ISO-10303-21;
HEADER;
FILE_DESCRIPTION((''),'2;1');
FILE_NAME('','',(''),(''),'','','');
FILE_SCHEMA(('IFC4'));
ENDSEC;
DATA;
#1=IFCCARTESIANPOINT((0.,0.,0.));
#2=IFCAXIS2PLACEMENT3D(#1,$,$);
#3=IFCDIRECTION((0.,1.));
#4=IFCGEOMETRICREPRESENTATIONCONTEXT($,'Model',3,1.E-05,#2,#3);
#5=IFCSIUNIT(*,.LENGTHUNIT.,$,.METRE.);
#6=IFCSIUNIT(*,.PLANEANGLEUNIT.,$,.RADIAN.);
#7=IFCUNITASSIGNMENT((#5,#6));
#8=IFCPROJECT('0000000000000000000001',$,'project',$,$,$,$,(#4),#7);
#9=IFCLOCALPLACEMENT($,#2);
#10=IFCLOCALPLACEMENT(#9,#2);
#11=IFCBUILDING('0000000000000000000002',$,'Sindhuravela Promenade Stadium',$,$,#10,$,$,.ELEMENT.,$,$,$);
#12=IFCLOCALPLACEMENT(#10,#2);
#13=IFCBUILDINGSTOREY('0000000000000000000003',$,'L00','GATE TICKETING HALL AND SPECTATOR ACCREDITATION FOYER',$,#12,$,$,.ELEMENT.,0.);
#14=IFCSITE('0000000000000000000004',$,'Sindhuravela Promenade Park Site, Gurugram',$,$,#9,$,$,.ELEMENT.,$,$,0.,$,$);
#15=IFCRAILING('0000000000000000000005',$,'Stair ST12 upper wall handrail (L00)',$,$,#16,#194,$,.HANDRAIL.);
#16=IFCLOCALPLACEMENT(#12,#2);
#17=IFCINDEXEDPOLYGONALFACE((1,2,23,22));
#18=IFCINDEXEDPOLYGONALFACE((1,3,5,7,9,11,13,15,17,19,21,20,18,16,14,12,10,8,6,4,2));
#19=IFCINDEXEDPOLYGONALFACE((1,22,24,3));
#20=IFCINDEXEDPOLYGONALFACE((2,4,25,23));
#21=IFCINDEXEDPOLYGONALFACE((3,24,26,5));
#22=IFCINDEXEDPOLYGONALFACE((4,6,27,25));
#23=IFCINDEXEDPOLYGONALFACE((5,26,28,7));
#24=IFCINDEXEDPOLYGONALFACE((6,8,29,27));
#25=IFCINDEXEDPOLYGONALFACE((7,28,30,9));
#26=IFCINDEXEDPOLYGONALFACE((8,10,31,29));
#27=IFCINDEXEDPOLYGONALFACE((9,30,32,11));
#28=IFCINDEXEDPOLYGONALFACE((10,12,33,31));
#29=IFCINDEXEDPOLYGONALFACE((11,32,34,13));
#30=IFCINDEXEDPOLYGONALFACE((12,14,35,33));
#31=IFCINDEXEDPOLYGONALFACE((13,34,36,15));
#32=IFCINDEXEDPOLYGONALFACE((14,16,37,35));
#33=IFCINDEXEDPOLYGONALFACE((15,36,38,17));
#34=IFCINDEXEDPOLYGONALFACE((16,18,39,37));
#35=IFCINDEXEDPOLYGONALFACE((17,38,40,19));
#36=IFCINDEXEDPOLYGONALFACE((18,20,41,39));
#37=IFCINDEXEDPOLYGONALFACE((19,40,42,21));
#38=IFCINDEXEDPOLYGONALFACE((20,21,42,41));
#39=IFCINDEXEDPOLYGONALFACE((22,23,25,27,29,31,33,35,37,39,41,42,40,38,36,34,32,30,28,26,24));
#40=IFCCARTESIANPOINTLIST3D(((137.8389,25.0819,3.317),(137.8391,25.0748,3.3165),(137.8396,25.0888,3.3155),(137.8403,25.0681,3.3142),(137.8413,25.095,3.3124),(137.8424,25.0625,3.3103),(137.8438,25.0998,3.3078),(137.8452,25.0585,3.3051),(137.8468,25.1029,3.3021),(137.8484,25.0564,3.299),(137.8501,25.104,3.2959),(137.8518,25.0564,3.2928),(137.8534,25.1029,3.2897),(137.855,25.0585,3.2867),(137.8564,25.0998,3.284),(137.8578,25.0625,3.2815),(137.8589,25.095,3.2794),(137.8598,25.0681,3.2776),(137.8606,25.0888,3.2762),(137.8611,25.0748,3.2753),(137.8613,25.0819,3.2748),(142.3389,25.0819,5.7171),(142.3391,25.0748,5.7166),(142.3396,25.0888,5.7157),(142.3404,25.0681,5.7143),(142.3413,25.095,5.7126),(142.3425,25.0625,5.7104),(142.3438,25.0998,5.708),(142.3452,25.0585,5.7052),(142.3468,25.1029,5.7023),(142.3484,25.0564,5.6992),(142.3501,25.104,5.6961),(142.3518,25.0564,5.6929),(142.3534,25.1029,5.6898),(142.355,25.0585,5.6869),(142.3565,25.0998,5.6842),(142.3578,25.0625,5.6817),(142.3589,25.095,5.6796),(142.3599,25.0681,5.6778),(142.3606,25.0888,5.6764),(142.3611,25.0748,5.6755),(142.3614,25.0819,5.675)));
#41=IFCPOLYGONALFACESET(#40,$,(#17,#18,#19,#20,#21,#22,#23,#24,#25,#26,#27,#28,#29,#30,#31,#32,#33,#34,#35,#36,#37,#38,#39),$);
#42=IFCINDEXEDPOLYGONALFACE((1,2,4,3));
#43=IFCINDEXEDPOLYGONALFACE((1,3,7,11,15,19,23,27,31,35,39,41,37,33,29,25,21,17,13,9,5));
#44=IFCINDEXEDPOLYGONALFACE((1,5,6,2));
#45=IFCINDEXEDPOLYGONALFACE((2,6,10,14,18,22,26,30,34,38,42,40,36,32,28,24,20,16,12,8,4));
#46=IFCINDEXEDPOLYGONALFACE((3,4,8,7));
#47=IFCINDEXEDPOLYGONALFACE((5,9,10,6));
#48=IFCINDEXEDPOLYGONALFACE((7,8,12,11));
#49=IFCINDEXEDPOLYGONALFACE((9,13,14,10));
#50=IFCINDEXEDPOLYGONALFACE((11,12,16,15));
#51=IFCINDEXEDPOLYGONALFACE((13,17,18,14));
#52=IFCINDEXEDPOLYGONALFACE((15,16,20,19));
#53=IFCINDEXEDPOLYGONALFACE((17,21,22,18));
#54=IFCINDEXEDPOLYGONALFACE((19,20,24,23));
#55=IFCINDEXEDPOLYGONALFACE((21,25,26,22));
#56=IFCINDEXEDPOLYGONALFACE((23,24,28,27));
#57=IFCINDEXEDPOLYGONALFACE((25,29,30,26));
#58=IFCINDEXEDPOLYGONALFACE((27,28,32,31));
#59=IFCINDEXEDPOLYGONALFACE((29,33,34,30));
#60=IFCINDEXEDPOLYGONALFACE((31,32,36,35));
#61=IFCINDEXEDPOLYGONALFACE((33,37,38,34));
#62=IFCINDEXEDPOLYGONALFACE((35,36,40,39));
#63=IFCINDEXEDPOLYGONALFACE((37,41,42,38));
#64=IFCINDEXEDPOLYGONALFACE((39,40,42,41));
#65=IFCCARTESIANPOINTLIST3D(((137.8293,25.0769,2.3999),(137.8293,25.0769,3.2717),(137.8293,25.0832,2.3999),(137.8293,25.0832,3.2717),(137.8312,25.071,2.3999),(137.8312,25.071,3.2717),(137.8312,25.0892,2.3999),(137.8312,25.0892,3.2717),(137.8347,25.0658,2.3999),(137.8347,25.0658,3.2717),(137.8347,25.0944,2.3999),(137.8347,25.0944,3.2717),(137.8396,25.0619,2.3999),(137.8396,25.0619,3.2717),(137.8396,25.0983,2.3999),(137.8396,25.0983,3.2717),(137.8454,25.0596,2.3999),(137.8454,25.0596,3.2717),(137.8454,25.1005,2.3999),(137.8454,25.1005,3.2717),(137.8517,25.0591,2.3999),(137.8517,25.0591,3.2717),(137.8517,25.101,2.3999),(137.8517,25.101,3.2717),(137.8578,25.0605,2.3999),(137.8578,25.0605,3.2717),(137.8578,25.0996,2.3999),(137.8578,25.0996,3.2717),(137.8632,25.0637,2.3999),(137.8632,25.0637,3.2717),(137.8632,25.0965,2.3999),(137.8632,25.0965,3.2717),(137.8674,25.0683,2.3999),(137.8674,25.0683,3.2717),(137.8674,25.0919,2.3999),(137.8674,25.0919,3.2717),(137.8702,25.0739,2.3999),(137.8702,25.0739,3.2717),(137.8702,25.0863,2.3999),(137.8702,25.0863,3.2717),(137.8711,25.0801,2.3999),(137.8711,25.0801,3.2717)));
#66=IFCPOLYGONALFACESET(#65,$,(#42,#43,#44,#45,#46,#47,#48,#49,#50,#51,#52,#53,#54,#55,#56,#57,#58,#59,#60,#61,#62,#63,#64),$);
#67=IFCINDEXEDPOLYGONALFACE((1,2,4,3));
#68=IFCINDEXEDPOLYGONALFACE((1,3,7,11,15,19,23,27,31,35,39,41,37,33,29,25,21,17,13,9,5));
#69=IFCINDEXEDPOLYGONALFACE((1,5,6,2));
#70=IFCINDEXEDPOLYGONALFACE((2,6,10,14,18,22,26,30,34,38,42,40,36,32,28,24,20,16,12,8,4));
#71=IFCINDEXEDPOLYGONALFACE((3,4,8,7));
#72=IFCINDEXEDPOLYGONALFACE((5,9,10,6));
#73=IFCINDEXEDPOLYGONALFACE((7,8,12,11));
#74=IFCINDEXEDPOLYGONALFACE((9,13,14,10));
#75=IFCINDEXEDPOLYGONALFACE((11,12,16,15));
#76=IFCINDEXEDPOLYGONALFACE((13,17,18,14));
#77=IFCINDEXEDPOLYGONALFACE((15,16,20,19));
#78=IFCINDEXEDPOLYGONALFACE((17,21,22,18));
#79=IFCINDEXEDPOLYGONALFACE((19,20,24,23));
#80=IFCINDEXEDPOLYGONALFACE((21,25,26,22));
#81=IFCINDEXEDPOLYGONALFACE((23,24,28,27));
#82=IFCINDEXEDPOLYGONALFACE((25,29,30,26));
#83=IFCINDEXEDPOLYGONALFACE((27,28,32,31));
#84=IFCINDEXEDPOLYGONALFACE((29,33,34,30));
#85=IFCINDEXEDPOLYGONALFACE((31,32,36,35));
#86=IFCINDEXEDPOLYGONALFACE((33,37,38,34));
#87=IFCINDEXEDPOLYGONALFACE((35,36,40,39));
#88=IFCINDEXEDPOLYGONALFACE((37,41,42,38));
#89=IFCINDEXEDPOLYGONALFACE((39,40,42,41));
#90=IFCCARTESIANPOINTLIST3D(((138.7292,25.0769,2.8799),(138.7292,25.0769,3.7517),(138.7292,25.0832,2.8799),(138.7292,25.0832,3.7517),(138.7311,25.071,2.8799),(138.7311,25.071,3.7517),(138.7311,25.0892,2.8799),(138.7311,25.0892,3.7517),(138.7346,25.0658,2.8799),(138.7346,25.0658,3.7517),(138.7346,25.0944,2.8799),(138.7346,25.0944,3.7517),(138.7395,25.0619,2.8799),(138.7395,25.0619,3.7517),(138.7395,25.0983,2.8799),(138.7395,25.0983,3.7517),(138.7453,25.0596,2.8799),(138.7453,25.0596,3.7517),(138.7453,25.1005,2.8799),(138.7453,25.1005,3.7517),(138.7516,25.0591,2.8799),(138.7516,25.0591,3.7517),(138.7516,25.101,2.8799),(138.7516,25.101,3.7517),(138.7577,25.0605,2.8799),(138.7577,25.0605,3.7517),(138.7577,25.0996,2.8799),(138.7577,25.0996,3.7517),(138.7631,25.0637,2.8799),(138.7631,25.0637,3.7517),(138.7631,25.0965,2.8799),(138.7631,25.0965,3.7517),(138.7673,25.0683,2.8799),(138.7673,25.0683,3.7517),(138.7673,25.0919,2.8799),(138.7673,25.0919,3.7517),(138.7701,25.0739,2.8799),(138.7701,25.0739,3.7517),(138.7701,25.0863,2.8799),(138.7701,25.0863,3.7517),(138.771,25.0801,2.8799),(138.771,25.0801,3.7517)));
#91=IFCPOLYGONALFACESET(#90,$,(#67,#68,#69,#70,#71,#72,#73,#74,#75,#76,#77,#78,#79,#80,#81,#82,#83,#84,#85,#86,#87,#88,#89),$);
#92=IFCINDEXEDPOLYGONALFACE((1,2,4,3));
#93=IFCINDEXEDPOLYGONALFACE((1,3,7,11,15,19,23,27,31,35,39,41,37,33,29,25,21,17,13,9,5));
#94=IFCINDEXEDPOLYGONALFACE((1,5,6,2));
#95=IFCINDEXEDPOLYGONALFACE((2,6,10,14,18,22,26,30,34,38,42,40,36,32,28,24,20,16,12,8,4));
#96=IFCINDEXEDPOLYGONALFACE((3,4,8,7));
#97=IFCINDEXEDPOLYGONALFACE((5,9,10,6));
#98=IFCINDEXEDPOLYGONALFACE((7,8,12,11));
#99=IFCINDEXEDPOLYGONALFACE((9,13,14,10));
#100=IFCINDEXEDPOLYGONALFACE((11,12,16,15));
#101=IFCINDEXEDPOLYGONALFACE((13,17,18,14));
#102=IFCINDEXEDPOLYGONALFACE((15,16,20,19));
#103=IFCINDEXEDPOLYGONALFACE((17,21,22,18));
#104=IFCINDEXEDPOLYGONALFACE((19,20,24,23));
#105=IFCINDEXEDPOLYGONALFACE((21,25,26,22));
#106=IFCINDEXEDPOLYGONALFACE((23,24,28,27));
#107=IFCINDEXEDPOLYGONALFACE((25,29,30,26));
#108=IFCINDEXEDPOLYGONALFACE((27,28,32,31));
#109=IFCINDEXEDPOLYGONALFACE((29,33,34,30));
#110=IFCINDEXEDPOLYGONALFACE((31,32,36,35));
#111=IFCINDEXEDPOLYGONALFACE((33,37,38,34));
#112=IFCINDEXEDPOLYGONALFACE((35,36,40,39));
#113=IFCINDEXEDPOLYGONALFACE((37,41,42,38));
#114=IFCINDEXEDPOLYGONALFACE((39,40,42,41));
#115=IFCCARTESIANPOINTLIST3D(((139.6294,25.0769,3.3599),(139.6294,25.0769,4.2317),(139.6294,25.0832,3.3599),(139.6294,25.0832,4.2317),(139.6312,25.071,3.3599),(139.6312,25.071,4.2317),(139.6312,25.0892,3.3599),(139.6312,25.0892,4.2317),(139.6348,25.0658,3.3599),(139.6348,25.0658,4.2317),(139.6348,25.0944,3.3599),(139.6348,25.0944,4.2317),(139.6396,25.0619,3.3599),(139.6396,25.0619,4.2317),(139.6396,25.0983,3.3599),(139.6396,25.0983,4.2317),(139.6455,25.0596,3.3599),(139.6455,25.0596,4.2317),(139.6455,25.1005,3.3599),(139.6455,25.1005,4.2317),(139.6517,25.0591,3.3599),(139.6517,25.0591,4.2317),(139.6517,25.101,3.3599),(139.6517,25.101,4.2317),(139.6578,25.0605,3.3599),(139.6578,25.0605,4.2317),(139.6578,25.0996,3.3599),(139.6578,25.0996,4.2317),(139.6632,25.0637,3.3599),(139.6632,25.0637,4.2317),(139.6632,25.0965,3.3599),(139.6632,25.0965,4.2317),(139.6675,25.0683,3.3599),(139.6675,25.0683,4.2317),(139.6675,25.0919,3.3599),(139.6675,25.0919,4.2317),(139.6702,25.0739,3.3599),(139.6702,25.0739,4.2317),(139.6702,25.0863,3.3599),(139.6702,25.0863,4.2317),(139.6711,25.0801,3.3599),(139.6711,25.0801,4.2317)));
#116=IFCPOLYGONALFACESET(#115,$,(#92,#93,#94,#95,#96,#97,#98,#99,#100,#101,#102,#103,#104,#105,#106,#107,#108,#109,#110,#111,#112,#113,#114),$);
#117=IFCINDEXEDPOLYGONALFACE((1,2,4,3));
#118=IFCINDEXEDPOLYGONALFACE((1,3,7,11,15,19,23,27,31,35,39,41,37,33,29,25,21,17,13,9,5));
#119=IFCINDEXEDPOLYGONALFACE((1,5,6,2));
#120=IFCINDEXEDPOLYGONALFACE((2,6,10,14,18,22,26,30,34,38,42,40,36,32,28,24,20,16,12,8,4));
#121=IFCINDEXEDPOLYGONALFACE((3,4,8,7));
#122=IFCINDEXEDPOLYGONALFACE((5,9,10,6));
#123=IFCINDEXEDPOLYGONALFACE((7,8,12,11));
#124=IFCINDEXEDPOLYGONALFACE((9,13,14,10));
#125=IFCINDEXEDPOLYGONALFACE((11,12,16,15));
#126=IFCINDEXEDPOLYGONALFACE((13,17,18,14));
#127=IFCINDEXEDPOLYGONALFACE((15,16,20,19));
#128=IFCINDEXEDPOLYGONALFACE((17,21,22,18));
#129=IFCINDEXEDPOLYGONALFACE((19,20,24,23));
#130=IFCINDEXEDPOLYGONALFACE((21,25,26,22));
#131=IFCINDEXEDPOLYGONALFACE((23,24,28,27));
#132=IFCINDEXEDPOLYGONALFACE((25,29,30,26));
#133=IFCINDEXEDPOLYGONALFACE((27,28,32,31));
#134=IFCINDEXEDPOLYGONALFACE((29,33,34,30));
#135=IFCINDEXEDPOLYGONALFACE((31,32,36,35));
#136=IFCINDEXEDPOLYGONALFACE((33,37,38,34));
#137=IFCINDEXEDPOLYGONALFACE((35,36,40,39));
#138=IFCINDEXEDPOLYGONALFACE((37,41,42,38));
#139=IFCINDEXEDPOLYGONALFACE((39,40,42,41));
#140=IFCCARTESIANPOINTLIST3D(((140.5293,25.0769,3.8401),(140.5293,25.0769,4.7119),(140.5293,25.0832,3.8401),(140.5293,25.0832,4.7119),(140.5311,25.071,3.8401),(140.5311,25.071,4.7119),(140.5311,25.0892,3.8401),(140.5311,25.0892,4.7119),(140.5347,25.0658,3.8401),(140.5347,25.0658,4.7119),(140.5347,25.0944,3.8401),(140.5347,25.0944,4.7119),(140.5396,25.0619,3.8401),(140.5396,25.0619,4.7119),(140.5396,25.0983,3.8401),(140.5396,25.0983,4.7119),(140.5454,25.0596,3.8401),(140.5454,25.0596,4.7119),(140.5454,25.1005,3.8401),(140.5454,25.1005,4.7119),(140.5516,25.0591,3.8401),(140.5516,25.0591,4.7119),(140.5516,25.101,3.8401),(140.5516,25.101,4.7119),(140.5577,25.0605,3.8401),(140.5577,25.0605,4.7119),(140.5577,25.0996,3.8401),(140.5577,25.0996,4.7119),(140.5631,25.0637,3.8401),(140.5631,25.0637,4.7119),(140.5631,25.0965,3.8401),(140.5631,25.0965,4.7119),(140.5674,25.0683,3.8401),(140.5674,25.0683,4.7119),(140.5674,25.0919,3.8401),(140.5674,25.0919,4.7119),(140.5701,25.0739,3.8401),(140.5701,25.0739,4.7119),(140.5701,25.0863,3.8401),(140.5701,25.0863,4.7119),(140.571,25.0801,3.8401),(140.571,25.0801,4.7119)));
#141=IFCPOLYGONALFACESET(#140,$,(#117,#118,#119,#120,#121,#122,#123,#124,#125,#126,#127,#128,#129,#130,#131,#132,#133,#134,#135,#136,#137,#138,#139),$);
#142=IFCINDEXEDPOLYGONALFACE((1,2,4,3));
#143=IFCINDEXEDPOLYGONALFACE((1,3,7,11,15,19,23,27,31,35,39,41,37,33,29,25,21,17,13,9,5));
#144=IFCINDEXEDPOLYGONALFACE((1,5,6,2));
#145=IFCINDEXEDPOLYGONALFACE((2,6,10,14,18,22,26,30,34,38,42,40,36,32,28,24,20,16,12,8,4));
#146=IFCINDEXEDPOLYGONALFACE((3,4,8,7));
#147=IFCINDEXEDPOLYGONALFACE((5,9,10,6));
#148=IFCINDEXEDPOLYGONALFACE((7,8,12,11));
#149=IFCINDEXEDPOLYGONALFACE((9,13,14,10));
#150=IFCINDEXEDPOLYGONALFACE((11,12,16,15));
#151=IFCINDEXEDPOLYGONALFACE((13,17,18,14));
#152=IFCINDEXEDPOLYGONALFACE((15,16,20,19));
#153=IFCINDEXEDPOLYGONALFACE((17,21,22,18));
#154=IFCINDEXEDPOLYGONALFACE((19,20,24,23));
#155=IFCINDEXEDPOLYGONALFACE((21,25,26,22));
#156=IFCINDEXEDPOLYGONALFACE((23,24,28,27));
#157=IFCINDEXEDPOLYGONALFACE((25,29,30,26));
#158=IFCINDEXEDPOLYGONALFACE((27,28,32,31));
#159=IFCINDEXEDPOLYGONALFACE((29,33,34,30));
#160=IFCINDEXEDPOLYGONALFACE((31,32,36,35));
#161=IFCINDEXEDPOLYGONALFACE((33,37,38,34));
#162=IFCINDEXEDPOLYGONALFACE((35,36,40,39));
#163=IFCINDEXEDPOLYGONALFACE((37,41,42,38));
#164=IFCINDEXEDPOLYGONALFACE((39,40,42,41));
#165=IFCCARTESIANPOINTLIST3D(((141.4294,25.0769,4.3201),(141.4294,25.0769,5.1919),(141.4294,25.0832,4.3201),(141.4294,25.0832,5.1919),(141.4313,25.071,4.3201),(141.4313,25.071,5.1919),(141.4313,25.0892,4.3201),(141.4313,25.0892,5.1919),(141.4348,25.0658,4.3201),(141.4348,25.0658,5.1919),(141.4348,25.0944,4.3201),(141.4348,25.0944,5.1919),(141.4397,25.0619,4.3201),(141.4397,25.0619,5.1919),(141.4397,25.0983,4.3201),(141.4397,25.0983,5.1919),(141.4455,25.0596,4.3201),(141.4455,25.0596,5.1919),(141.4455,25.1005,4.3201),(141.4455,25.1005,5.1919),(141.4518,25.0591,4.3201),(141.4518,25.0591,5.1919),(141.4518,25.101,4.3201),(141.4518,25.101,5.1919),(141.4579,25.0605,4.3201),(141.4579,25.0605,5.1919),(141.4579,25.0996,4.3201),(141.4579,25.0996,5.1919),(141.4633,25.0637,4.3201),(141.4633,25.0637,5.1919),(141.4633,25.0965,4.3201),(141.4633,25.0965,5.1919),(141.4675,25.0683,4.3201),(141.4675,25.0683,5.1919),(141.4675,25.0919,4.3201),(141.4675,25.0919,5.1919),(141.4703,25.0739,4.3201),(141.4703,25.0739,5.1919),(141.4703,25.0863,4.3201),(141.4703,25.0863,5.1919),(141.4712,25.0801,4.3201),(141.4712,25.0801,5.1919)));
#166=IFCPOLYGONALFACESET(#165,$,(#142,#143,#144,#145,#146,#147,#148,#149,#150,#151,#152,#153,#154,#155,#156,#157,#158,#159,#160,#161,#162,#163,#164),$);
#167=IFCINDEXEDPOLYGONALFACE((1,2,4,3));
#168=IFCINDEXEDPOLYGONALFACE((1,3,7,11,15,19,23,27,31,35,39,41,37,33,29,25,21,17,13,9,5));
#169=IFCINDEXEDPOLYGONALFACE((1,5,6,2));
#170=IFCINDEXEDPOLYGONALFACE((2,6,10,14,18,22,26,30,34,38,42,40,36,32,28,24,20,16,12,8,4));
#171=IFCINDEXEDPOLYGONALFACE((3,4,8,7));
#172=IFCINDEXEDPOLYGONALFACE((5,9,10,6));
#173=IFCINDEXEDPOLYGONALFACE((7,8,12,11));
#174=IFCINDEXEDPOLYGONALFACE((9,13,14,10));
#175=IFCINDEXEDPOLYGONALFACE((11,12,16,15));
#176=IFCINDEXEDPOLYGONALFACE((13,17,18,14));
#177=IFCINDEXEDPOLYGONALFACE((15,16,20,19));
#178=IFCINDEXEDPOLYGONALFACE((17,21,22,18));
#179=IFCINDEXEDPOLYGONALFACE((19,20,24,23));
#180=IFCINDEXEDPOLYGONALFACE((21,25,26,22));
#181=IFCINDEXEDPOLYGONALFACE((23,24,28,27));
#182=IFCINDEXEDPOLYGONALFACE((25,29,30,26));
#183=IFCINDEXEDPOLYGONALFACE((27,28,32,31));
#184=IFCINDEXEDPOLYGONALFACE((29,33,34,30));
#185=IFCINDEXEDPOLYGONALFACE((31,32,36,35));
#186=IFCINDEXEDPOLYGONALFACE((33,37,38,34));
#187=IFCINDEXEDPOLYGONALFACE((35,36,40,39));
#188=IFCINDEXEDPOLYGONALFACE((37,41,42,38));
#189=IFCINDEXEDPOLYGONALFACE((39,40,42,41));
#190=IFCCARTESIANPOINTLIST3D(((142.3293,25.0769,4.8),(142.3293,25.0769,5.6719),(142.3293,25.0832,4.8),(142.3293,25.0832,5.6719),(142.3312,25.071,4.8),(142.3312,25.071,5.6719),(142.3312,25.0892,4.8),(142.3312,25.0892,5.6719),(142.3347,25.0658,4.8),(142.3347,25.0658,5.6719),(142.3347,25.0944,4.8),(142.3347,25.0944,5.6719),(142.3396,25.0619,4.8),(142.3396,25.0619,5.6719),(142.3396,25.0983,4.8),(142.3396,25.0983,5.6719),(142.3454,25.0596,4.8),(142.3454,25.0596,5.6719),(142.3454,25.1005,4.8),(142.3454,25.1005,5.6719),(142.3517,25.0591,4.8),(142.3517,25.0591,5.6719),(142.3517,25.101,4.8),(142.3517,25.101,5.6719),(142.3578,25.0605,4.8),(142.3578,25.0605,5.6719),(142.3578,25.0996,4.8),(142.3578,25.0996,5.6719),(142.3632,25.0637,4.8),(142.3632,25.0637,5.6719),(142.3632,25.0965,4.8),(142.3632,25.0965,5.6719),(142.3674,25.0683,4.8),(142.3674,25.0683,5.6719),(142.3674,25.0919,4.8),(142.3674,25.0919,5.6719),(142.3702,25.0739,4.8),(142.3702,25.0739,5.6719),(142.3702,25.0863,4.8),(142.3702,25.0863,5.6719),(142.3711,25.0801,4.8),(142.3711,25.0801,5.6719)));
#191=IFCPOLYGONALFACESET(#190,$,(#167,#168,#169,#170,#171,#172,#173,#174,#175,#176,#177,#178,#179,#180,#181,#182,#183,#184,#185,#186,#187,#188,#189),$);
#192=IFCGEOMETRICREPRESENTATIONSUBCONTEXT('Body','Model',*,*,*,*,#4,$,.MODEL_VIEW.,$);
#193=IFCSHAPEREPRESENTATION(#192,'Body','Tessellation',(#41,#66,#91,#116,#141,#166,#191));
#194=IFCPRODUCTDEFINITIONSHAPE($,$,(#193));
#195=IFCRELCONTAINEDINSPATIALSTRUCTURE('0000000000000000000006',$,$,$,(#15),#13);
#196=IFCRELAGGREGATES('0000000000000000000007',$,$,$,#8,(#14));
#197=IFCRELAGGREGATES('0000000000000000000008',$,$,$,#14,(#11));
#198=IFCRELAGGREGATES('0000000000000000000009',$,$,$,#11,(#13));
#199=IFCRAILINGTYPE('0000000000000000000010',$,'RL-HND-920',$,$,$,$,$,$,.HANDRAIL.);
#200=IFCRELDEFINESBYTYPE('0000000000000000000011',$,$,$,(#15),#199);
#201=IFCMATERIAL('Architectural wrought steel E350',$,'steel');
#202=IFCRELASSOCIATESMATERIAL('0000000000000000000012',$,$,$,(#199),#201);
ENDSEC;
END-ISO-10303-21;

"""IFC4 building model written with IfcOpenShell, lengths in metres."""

from ifc_helpers import new_model, si_unit, direction, frame, origin, origin_2d, place, context, subcontext, project, spatial, circle, extrude, material, type_object, element, save


model = new_model("IFC4")

# Units and contexts
model_context = context("Model", 3, precision=1e-05, world=origin(), true_north=direction((0.0, 1.0)))
body_context = subcontext(model_context, "Body", "Model", "MODEL_VIEW")
ifc_project = project(units=[si_unit("LENGTHUNIT", "METRE"), si_unit("PLANEANGLEUNIT", "RADIAN")], contexts=[model_context])

# Site, building, storey
site_placement = place(None, origin())
site = spatial("IfcSite", under=ifc_project, at=site_placement, Name="Sindhuravela Promenade Park Site, Gurugram", CompositionType="ELEMENT", RefElevation=0.0)
building_placement = place(site_placement, origin())
building = spatial("IfcBuilding", under=site, at=building_placement, Name="Sindhuravela Promenade Stadium", CompositionType="ELEMENT")
storey_placement = place(building_placement, origin())
storey = spatial("IfcBuildingStorey", under=building, at=storey_placement, Name="L00", Description="GATE TICKETING HALL AND SPECTATOR ACCREDITATION FOYER", CompositionType="ELEMENT", Elevation=0.0)

# Shared definitions
ifc_material_1 = material(Name="Architectural wrought steel E350", Category="steel")

# Railing
railing_type_1 = type_object("IfcRailingType", Name="RL-HND-920", PredefinedType="HANDRAIL", material=ifc_material_1)
railing_1_placement = place(storey_placement, frame((137.8501, 25.0801, 2.3999)))
element("IfcRailing", 1, at=railing_1_placement, inside=storey, type_object=railing_type_1, Name="Stair ST12 upper wall handrail (L00)", PredefinedType="HANDRAIL", context=body_context, shape_type="SweptSolid", body=[
    extrude(circle(Radius=0.0239, at=origin_2d()), frame((0.0, 0.0, 0.896), z_axis=(0.882341, 0.0, 0.470611), x_axis=(0.0, 1.0, 0.0)), (0.0, 0.0, 1.0), 5.1001),
    extrude(circle(Radius=0.021, at=origin_2d()), origin(), (0.0, 0.0, 1.0), 0.8718),
    extrude(circle(Radius=0.021, at=origin_2d()), frame((0.8999, 0.0, 0.48)), (0.0, 0.0, 1.0), 0.8718),
    extrude(circle(Radius=0.021, at=origin_2d()), frame((1.8, 0.0, 0.96)), (0.0, 0.0, 1.0), 0.8718),
    extrude(circle(Radius=0.021, at=origin_2d()), frame((2.7, 0.0, 1.4402)), (0.0, 0.0, 1.0), 0.8718),
    extrude(circle(Radius=0.021, at=origin_2d()), frame((3.6001, 0.0, 1.9202)), (0.0, 0.0, 1.0), 0.8718),
    extrude(circle(Radius=0.021, at=origin_2d()), frame((4.5, 0.0, 2.4001)), (0.0, 0.0, 1.0), 0.8718),
])

save(model, "model.ifc")
